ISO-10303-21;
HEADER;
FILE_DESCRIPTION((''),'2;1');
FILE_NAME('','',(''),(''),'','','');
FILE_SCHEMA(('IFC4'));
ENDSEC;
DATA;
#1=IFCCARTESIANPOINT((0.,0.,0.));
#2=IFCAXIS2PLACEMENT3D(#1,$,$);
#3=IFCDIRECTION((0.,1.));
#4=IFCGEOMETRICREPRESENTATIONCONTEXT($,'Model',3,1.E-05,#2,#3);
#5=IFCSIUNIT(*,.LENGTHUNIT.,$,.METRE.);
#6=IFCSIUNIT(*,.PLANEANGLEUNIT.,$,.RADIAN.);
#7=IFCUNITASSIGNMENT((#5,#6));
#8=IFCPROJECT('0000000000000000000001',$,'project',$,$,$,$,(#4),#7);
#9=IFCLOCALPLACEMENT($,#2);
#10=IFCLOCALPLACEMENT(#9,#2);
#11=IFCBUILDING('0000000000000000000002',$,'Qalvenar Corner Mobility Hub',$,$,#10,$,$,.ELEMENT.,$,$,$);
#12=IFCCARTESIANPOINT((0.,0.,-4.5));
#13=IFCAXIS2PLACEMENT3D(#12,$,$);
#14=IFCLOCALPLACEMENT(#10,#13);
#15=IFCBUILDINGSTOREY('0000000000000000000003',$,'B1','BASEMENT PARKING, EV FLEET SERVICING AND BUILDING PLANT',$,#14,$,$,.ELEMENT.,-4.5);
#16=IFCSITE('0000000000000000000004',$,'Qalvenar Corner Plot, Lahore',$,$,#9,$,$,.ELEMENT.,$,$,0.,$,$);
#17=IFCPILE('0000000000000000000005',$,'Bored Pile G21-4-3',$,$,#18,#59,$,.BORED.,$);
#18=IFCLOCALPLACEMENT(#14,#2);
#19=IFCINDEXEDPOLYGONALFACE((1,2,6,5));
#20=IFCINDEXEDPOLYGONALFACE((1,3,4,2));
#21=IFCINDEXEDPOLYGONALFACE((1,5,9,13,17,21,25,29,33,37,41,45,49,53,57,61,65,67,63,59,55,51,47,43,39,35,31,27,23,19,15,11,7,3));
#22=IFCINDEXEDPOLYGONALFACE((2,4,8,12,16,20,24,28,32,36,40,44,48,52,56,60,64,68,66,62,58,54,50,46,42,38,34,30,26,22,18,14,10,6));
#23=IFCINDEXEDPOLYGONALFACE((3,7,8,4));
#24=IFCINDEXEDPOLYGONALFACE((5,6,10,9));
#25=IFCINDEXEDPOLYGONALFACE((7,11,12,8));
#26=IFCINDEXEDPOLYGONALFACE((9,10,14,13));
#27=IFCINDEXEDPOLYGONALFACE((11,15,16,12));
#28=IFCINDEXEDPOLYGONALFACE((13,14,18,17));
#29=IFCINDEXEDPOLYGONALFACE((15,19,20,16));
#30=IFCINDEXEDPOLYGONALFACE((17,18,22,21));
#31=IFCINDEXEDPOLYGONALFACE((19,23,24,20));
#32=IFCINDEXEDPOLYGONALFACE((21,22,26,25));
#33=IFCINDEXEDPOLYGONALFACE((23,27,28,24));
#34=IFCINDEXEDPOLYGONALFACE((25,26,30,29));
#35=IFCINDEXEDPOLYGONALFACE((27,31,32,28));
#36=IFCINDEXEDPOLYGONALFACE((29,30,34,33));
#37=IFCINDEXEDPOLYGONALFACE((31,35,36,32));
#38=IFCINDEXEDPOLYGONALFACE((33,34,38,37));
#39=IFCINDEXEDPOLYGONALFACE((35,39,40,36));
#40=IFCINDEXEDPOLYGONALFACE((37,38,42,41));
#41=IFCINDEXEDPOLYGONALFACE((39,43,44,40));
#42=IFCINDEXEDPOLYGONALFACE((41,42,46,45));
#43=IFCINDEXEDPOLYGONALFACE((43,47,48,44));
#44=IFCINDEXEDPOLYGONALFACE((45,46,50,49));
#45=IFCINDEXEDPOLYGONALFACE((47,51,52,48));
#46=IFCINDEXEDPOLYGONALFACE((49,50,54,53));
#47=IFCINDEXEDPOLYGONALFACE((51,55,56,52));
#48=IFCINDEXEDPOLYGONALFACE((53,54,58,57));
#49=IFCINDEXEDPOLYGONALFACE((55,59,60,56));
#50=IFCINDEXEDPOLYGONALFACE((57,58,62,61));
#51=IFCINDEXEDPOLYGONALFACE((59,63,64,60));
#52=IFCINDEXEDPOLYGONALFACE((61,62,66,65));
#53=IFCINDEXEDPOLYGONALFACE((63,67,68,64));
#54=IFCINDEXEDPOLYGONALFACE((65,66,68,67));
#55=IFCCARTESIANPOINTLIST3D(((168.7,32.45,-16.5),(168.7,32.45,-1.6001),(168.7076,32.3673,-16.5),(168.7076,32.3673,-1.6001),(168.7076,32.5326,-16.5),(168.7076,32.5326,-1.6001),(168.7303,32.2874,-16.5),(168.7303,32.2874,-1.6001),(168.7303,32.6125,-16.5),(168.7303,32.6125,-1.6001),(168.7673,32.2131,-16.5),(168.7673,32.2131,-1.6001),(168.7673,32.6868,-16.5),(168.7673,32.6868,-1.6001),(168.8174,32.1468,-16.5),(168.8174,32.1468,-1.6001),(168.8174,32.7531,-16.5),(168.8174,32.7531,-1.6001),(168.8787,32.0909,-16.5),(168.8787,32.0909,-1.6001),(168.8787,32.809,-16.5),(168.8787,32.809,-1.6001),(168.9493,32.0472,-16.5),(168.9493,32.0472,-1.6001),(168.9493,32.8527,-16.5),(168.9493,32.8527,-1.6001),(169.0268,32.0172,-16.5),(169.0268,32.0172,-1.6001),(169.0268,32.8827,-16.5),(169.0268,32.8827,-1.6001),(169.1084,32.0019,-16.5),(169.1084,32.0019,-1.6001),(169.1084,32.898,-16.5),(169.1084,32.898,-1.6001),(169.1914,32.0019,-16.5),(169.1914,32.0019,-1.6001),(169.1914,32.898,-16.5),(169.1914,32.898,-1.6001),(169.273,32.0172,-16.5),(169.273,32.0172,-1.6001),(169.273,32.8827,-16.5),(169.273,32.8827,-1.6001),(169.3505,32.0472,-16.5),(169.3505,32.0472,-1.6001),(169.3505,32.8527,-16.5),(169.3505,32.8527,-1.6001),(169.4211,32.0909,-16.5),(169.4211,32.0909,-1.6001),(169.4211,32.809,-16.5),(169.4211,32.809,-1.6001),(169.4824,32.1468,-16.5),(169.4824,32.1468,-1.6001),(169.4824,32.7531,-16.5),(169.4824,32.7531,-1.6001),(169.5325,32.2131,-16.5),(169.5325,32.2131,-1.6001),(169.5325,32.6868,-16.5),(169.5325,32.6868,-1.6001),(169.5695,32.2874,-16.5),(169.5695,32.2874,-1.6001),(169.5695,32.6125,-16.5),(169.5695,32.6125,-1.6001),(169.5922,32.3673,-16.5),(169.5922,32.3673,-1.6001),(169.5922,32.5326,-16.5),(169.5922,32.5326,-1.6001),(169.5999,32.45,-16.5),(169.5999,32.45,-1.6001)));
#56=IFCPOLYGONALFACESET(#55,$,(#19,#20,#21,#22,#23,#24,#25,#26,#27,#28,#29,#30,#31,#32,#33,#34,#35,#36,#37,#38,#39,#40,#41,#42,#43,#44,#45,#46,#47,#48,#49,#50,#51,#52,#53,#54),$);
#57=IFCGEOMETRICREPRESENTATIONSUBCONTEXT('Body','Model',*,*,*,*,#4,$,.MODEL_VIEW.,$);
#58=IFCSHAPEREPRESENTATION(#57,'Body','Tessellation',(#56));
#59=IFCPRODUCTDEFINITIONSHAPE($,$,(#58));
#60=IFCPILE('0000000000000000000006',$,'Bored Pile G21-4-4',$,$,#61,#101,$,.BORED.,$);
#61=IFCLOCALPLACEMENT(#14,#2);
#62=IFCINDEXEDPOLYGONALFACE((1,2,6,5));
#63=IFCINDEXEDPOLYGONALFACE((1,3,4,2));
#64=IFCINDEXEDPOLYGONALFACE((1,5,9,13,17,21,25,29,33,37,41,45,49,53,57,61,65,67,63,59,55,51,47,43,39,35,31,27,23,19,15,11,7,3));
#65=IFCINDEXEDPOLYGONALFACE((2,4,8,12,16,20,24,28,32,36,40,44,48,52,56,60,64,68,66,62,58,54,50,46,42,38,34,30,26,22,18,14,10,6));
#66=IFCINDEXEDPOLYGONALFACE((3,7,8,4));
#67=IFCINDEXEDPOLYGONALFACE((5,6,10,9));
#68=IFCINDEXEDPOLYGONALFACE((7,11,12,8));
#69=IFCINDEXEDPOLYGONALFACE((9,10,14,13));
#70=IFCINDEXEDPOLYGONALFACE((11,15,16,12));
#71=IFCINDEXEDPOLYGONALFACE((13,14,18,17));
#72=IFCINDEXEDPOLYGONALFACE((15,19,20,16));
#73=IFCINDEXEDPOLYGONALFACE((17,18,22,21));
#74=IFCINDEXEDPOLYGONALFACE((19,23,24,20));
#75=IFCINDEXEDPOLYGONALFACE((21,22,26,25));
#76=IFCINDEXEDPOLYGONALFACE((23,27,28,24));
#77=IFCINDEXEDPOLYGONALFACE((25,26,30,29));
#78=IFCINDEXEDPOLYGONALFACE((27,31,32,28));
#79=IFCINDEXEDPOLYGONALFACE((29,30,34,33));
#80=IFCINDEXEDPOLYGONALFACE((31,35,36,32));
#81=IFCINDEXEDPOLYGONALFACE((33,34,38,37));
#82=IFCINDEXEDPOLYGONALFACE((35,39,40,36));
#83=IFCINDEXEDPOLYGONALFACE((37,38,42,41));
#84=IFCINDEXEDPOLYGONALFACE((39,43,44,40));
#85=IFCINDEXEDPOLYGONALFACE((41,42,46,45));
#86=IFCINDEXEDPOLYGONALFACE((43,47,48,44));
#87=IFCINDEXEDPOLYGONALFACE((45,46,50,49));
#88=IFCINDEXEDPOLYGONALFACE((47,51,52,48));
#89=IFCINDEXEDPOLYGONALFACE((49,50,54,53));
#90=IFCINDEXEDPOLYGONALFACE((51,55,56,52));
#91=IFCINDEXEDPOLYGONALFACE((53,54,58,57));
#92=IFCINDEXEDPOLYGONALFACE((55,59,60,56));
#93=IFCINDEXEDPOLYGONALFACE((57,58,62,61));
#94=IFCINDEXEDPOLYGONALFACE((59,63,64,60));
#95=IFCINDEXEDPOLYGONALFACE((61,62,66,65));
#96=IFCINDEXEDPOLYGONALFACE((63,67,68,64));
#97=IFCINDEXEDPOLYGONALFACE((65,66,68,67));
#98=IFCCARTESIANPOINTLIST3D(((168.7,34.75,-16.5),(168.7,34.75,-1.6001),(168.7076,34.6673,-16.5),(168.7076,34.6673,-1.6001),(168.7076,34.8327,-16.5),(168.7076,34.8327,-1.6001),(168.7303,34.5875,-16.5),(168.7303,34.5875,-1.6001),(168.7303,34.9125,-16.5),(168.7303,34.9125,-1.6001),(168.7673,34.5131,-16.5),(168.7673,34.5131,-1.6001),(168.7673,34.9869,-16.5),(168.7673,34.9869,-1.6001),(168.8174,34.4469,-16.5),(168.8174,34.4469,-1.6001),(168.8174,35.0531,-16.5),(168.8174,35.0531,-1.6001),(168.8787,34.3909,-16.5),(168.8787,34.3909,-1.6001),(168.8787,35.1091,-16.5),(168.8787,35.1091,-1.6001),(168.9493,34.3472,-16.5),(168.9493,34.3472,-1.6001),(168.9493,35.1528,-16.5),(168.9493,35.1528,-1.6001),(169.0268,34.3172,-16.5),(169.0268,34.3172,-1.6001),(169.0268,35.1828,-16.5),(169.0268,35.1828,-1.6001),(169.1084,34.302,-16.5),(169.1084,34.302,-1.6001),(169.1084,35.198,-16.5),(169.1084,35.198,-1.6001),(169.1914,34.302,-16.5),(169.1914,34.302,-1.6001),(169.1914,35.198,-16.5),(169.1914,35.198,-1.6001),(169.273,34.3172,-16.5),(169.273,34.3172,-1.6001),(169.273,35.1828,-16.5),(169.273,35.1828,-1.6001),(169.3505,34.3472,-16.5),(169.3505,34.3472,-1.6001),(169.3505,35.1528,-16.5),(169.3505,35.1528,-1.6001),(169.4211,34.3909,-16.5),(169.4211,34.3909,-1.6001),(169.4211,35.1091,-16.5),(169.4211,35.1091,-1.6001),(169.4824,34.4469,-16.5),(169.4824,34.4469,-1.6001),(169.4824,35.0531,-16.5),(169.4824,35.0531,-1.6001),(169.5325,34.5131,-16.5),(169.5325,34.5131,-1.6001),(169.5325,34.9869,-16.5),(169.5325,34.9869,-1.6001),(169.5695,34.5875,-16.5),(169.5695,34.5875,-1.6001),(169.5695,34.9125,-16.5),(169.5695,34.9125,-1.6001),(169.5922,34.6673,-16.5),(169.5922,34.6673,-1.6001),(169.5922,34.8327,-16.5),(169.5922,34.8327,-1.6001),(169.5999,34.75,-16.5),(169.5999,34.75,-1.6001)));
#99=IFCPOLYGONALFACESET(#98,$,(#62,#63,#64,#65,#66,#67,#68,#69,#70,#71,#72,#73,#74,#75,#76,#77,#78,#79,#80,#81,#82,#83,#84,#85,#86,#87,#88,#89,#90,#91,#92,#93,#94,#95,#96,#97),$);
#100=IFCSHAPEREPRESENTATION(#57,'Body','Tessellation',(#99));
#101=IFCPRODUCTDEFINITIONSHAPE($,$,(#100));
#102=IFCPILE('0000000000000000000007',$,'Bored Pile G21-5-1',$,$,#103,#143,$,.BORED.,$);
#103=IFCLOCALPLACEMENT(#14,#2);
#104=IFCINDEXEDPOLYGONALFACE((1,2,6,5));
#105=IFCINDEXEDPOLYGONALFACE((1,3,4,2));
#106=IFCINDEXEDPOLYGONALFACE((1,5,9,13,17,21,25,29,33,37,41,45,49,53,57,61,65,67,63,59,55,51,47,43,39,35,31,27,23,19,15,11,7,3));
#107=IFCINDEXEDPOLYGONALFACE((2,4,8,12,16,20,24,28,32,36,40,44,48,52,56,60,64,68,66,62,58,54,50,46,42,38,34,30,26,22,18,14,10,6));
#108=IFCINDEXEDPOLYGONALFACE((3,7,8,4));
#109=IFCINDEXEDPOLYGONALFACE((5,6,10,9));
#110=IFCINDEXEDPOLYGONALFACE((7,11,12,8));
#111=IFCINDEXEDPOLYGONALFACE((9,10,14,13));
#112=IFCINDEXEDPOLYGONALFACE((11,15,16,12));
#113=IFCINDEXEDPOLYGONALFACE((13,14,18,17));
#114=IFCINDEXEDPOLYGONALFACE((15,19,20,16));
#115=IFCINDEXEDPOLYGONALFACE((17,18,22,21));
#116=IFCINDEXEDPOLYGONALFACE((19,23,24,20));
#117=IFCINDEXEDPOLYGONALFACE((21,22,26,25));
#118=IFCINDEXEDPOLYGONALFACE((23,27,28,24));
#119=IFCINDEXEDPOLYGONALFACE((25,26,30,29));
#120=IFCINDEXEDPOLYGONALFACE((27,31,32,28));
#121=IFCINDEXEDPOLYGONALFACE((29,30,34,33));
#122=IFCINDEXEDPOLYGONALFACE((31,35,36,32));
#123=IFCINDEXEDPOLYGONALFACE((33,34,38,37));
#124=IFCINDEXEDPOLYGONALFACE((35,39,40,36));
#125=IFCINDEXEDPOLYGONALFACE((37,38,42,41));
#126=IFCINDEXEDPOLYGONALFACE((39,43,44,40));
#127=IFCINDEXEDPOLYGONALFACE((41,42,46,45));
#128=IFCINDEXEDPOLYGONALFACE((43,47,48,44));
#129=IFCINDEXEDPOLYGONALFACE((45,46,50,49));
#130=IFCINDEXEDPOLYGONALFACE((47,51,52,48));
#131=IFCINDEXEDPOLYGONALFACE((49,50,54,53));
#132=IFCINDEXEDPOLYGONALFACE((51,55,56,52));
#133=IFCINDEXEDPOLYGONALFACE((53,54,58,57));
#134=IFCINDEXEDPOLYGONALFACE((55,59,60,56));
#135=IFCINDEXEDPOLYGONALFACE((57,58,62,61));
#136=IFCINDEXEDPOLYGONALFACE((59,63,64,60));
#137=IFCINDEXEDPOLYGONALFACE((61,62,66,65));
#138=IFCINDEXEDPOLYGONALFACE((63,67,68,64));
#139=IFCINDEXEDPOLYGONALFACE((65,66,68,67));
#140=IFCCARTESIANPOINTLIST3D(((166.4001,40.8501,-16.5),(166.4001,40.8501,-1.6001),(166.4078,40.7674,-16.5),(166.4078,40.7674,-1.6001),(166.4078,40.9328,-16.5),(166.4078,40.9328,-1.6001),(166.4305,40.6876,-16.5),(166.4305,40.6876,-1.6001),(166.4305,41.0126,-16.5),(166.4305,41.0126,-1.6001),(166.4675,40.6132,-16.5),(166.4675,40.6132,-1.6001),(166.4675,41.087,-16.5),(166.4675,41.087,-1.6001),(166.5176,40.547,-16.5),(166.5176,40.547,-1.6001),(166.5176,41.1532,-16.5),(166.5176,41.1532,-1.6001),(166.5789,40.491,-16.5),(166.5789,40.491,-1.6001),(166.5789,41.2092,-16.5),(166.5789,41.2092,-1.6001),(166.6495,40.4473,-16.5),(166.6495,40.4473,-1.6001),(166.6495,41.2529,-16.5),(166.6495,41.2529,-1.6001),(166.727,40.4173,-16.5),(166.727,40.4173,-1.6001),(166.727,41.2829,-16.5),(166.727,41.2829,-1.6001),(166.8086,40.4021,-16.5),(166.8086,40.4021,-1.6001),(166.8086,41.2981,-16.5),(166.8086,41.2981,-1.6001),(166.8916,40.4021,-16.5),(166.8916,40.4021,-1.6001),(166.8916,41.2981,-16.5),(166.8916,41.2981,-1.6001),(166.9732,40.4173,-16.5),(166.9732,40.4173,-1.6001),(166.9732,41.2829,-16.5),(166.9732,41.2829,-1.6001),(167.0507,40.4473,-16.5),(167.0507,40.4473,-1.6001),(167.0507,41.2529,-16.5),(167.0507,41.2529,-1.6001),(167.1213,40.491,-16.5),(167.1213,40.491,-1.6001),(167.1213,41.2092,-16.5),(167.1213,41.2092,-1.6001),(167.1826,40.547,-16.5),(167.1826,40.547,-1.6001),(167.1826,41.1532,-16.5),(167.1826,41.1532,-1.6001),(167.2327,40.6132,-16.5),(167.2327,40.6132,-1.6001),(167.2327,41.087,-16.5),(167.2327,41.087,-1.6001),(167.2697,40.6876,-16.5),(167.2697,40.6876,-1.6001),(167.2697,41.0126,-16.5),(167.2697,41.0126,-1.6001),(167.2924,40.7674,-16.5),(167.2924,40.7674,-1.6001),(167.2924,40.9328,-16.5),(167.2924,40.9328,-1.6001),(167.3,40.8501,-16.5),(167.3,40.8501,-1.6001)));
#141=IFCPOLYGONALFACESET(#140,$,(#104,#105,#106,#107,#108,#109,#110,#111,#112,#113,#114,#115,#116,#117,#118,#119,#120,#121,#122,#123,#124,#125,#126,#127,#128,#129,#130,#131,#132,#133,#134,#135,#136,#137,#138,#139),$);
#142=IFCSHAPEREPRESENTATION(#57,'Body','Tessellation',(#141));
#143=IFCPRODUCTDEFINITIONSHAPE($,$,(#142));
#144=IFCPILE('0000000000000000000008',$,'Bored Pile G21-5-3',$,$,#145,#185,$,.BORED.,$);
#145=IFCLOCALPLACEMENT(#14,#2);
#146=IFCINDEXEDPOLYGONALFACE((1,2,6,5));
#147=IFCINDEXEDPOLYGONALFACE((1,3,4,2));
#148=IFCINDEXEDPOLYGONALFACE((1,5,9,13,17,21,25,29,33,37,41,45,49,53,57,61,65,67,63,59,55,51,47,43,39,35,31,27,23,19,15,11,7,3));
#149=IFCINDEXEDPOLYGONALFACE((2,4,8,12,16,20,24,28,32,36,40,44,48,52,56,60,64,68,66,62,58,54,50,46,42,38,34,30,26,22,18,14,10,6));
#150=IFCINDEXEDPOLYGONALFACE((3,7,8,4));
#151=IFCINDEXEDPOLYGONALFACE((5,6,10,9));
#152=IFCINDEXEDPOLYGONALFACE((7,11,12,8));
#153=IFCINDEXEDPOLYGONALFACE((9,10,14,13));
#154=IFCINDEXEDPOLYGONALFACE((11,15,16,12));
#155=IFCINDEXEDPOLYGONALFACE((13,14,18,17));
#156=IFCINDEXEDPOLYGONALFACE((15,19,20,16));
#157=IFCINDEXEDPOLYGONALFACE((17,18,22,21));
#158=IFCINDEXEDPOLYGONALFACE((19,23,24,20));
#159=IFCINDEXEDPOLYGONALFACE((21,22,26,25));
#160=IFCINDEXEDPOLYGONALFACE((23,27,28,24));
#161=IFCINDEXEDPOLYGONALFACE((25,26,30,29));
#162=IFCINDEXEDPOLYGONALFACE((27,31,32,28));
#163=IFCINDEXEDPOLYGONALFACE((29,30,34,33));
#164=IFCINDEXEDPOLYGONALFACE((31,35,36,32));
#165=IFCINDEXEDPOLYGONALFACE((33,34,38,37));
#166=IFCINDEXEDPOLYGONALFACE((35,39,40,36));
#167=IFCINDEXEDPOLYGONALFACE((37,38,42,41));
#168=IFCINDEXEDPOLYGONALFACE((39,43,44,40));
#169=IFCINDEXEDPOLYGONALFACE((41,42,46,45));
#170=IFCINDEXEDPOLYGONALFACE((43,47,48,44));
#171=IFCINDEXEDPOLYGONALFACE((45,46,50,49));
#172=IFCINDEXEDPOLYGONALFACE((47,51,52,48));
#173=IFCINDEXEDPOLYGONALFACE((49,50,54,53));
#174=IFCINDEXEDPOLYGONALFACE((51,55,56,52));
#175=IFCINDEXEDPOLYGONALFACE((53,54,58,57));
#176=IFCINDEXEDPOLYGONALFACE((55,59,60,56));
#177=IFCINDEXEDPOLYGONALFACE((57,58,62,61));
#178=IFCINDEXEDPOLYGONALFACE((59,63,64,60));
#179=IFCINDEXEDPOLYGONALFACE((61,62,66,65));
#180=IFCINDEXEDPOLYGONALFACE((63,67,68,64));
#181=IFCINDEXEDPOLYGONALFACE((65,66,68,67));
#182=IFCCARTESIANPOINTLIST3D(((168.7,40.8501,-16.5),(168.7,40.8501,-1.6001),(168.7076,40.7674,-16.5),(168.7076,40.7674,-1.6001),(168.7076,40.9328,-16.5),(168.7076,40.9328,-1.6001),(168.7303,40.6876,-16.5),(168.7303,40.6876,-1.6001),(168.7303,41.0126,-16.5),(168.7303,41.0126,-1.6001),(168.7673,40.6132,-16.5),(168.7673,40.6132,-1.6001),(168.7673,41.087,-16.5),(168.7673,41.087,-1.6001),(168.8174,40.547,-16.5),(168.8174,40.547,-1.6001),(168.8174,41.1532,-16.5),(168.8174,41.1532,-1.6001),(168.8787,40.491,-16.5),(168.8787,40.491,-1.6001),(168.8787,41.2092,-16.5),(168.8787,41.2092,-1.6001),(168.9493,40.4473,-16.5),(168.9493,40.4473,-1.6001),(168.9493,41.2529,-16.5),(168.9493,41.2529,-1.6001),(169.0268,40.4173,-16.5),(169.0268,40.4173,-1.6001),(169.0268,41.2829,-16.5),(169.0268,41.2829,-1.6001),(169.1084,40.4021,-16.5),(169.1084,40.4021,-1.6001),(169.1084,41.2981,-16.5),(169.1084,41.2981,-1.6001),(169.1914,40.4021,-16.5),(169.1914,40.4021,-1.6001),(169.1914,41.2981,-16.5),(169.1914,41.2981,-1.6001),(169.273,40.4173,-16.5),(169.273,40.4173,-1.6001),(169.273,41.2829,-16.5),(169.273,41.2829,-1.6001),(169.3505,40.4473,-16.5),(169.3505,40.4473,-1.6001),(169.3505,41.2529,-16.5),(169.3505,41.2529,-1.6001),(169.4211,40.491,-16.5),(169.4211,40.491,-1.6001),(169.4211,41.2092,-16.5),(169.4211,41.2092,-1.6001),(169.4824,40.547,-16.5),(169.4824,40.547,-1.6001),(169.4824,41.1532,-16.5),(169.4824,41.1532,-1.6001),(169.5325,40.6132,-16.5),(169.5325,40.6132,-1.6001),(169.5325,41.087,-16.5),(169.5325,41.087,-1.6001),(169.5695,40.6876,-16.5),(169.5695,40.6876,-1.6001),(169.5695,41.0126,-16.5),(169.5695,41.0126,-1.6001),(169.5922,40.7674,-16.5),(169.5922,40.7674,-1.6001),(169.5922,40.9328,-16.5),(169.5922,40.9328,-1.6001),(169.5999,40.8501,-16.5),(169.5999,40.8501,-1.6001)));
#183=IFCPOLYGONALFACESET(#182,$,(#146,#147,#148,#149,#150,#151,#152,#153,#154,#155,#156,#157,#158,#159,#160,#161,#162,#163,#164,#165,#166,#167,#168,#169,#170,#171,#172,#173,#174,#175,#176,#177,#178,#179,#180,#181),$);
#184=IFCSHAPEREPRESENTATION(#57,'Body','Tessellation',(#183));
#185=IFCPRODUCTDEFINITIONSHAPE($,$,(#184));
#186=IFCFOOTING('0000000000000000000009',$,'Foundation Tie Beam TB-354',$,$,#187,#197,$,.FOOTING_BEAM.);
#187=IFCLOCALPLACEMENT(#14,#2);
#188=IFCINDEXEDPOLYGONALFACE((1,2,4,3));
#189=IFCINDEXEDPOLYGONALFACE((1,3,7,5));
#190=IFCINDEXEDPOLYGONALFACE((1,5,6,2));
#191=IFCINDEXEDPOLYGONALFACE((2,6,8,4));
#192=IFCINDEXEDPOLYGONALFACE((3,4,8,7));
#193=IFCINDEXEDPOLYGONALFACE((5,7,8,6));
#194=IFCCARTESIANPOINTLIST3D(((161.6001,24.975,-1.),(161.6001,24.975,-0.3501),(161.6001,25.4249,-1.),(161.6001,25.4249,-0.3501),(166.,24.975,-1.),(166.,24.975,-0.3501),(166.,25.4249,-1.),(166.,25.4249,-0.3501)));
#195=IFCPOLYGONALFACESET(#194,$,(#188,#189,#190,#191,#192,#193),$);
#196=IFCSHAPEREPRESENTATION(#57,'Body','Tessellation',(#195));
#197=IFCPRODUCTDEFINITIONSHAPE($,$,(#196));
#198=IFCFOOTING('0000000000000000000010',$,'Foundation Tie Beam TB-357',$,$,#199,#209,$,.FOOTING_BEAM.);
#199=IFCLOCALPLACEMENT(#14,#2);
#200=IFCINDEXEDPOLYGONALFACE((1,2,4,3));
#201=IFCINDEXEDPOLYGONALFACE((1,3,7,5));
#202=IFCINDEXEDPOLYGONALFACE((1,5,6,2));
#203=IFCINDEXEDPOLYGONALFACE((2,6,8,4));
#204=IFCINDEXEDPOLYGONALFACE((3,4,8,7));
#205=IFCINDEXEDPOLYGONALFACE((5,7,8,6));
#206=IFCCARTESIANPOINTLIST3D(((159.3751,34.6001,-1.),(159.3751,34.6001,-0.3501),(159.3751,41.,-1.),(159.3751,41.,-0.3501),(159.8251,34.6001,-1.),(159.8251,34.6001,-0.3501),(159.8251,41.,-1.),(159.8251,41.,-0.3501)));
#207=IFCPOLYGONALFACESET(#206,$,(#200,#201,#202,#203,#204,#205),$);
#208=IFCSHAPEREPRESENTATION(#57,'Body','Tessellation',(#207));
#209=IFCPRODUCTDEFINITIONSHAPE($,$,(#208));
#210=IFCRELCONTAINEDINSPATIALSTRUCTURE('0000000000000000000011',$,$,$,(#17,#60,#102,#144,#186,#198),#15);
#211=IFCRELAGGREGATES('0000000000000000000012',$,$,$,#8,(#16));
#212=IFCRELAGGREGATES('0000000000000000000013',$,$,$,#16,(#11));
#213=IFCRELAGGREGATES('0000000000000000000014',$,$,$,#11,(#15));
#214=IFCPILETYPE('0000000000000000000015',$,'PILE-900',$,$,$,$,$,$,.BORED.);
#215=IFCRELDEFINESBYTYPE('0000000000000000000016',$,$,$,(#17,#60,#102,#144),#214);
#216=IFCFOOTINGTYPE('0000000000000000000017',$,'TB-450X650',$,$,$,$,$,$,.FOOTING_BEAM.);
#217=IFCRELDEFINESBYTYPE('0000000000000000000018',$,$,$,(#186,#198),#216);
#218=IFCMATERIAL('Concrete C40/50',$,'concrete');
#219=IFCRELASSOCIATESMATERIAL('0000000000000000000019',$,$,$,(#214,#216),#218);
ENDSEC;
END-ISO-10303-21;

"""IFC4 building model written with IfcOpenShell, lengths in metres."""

from ifc_helpers import new_model, si_unit, direction, frame, origin, origin_2d, place, context, subcontext, project, spatial, rectangle, circle, extrude, material, material_profile, profile_set, type_object, element, save


model = new_model("IFC4")

# Units and contexts
model_context = context("Model", 3, precision=1e-05, world=origin(), true_north=direction((0.0, 1.0)))
body_context = subcontext(model_context, "Body", "Model", "MODEL_VIEW")
ifc_project = project(units=[si_unit("LENGTHUNIT", "METRE"), si_unit("PLANEANGLEUNIT", "RADIAN")], contexts=[model_context])

# Site, building, storey
site_placement = place(None, origin())
site = spatial("IfcSite", under=ifc_project, at=site_placement, Name="Qalvenar Corner Plot, Lahore", CompositionType="ELEMENT", RefElevation=0.0)
building_placement = place(site_placement, origin())
building = spatial("IfcBuilding", under=site, at=building_placement, Name="Qalvenar Corner Mobility Hub", CompositionType="ELEMENT")
storey_placement = place(building_placement, frame((0.0, 0.0, -4.5)))
storey = spatial("IfcBuildingStorey", under=building, at=storey_placement, Name="B1", Description="BASEMENT PARKING, EV FLEET SERVICING AND BUILDING PLANT", CompositionType="ELEMENT", Elevation=-4.5)

# Shared definitions
ifc_material_1 = material(Name="Concrete C40/50", Category="concrete")

# Piles
ifc_material_profile_1 = material_profile(ifc_material_1, circle(Radius=0.45, at=origin_2d()), Name="DIA900")
ifc_profile_set_1 = profile_set([ifc_material_profile_1], Name="Concrete C40/50")
pile_type = type_object("IfcPileType", Name="PILE-900", PredefinedType="BORED", material=ifc_profile_set_1)
for number, where, z_axis, x_axis, name in (
    (1, (169.1499, 32.45, -1.6001), (0.0, 0.0, -1.0), (1.0, 0.0, 0.0), "Bored Pile G21-4-3"),
    (2, (169.1499, 34.75, -1.6001), (0.0, 0.0, -1.0), (1.0, 0.0, 0.0), "Bored Pile G21-4-4"),
    (3, (166.8501, 40.8501, -1.6001), (0.0, 0.0, -1.0), (1.0, 0.0, 0.0), "Bored Pile G21-5-1"),
    (4, (169.1499, 40.8501, -1.6001), (0.0, 0.0, -1.0), (1.0, 0.0, 0.0), "Bored Pile G21-5-3"),
):
    element("IfcPile", number, at=place(storey_placement, frame(where, z_axis=z_axis, x_axis=x_axis)), inside=storey, type_object=pile_type, Name=name, PredefinedType="BORED", context=body_context, shape_type="SweptSolid", body=[
        extrude(circle(Radius=0.45, at=origin_2d()), origin(), (0.0, 0.0, 1.0), 14.8999),
    ])

# Footings
ifc_material_profile_2 = material_profile(ifc_material_1, rectangle(XDim=0.45, YDim=0.6499, at=origin_2d()), Name="RC450x650")
ifc_profile_set_2 = profile_set([ifc_material_profile_2], Name="Concrete C40/50")
footing_type_1 = type_object("IfcFootingType", Name="TB-450X650", PredefinedType="FOOTING_BEAM", material=ifc_profile_set_2)
footing_1_placement = place(storey_placement, frame((161.6001, 25.2, -0.675), z_axis=(1.0, 0.0, 0.0), x_axis=(0.0, 1.0, 0.0)))
element("IfcFooting", 5, at=footing_1_placement, inside=storey, type_object=footing_type_1, Name="Foundation Tie Beam TB-354", PredefinedType="FOOTING_BEAM", context=body_context, shape_type="SweptSolid", body=[
    extrude(rectangle(XDim=0.45, YDim=0.6499, at=origin_2d()), origin(), (0.0, 0.0, 1.0), 4.3999),
])
footing_2_placement = place(storey_placement, frame((159.6001, 34.6001, -0.675), z_axis=(0.0, 1.0, 0.0), x_axis=(-1.0, 0.0, 0.0)))
element("IfcFooting", 6, at=footing_2_placement, inside=storey, type_object=footing_type_1, Name="Foundation Tie Beam TB-357", PredefinedType="FOOTING_BEAM", context=body_context, shape_type="SweptSolid", body=[
    extrude(rectangle(XDim=0.45, YDim=0.6499, at=origin_2d()), origin(), (0.0, 0.0, 1.0), 6.3999),
])

save(model, "model.ifc")
